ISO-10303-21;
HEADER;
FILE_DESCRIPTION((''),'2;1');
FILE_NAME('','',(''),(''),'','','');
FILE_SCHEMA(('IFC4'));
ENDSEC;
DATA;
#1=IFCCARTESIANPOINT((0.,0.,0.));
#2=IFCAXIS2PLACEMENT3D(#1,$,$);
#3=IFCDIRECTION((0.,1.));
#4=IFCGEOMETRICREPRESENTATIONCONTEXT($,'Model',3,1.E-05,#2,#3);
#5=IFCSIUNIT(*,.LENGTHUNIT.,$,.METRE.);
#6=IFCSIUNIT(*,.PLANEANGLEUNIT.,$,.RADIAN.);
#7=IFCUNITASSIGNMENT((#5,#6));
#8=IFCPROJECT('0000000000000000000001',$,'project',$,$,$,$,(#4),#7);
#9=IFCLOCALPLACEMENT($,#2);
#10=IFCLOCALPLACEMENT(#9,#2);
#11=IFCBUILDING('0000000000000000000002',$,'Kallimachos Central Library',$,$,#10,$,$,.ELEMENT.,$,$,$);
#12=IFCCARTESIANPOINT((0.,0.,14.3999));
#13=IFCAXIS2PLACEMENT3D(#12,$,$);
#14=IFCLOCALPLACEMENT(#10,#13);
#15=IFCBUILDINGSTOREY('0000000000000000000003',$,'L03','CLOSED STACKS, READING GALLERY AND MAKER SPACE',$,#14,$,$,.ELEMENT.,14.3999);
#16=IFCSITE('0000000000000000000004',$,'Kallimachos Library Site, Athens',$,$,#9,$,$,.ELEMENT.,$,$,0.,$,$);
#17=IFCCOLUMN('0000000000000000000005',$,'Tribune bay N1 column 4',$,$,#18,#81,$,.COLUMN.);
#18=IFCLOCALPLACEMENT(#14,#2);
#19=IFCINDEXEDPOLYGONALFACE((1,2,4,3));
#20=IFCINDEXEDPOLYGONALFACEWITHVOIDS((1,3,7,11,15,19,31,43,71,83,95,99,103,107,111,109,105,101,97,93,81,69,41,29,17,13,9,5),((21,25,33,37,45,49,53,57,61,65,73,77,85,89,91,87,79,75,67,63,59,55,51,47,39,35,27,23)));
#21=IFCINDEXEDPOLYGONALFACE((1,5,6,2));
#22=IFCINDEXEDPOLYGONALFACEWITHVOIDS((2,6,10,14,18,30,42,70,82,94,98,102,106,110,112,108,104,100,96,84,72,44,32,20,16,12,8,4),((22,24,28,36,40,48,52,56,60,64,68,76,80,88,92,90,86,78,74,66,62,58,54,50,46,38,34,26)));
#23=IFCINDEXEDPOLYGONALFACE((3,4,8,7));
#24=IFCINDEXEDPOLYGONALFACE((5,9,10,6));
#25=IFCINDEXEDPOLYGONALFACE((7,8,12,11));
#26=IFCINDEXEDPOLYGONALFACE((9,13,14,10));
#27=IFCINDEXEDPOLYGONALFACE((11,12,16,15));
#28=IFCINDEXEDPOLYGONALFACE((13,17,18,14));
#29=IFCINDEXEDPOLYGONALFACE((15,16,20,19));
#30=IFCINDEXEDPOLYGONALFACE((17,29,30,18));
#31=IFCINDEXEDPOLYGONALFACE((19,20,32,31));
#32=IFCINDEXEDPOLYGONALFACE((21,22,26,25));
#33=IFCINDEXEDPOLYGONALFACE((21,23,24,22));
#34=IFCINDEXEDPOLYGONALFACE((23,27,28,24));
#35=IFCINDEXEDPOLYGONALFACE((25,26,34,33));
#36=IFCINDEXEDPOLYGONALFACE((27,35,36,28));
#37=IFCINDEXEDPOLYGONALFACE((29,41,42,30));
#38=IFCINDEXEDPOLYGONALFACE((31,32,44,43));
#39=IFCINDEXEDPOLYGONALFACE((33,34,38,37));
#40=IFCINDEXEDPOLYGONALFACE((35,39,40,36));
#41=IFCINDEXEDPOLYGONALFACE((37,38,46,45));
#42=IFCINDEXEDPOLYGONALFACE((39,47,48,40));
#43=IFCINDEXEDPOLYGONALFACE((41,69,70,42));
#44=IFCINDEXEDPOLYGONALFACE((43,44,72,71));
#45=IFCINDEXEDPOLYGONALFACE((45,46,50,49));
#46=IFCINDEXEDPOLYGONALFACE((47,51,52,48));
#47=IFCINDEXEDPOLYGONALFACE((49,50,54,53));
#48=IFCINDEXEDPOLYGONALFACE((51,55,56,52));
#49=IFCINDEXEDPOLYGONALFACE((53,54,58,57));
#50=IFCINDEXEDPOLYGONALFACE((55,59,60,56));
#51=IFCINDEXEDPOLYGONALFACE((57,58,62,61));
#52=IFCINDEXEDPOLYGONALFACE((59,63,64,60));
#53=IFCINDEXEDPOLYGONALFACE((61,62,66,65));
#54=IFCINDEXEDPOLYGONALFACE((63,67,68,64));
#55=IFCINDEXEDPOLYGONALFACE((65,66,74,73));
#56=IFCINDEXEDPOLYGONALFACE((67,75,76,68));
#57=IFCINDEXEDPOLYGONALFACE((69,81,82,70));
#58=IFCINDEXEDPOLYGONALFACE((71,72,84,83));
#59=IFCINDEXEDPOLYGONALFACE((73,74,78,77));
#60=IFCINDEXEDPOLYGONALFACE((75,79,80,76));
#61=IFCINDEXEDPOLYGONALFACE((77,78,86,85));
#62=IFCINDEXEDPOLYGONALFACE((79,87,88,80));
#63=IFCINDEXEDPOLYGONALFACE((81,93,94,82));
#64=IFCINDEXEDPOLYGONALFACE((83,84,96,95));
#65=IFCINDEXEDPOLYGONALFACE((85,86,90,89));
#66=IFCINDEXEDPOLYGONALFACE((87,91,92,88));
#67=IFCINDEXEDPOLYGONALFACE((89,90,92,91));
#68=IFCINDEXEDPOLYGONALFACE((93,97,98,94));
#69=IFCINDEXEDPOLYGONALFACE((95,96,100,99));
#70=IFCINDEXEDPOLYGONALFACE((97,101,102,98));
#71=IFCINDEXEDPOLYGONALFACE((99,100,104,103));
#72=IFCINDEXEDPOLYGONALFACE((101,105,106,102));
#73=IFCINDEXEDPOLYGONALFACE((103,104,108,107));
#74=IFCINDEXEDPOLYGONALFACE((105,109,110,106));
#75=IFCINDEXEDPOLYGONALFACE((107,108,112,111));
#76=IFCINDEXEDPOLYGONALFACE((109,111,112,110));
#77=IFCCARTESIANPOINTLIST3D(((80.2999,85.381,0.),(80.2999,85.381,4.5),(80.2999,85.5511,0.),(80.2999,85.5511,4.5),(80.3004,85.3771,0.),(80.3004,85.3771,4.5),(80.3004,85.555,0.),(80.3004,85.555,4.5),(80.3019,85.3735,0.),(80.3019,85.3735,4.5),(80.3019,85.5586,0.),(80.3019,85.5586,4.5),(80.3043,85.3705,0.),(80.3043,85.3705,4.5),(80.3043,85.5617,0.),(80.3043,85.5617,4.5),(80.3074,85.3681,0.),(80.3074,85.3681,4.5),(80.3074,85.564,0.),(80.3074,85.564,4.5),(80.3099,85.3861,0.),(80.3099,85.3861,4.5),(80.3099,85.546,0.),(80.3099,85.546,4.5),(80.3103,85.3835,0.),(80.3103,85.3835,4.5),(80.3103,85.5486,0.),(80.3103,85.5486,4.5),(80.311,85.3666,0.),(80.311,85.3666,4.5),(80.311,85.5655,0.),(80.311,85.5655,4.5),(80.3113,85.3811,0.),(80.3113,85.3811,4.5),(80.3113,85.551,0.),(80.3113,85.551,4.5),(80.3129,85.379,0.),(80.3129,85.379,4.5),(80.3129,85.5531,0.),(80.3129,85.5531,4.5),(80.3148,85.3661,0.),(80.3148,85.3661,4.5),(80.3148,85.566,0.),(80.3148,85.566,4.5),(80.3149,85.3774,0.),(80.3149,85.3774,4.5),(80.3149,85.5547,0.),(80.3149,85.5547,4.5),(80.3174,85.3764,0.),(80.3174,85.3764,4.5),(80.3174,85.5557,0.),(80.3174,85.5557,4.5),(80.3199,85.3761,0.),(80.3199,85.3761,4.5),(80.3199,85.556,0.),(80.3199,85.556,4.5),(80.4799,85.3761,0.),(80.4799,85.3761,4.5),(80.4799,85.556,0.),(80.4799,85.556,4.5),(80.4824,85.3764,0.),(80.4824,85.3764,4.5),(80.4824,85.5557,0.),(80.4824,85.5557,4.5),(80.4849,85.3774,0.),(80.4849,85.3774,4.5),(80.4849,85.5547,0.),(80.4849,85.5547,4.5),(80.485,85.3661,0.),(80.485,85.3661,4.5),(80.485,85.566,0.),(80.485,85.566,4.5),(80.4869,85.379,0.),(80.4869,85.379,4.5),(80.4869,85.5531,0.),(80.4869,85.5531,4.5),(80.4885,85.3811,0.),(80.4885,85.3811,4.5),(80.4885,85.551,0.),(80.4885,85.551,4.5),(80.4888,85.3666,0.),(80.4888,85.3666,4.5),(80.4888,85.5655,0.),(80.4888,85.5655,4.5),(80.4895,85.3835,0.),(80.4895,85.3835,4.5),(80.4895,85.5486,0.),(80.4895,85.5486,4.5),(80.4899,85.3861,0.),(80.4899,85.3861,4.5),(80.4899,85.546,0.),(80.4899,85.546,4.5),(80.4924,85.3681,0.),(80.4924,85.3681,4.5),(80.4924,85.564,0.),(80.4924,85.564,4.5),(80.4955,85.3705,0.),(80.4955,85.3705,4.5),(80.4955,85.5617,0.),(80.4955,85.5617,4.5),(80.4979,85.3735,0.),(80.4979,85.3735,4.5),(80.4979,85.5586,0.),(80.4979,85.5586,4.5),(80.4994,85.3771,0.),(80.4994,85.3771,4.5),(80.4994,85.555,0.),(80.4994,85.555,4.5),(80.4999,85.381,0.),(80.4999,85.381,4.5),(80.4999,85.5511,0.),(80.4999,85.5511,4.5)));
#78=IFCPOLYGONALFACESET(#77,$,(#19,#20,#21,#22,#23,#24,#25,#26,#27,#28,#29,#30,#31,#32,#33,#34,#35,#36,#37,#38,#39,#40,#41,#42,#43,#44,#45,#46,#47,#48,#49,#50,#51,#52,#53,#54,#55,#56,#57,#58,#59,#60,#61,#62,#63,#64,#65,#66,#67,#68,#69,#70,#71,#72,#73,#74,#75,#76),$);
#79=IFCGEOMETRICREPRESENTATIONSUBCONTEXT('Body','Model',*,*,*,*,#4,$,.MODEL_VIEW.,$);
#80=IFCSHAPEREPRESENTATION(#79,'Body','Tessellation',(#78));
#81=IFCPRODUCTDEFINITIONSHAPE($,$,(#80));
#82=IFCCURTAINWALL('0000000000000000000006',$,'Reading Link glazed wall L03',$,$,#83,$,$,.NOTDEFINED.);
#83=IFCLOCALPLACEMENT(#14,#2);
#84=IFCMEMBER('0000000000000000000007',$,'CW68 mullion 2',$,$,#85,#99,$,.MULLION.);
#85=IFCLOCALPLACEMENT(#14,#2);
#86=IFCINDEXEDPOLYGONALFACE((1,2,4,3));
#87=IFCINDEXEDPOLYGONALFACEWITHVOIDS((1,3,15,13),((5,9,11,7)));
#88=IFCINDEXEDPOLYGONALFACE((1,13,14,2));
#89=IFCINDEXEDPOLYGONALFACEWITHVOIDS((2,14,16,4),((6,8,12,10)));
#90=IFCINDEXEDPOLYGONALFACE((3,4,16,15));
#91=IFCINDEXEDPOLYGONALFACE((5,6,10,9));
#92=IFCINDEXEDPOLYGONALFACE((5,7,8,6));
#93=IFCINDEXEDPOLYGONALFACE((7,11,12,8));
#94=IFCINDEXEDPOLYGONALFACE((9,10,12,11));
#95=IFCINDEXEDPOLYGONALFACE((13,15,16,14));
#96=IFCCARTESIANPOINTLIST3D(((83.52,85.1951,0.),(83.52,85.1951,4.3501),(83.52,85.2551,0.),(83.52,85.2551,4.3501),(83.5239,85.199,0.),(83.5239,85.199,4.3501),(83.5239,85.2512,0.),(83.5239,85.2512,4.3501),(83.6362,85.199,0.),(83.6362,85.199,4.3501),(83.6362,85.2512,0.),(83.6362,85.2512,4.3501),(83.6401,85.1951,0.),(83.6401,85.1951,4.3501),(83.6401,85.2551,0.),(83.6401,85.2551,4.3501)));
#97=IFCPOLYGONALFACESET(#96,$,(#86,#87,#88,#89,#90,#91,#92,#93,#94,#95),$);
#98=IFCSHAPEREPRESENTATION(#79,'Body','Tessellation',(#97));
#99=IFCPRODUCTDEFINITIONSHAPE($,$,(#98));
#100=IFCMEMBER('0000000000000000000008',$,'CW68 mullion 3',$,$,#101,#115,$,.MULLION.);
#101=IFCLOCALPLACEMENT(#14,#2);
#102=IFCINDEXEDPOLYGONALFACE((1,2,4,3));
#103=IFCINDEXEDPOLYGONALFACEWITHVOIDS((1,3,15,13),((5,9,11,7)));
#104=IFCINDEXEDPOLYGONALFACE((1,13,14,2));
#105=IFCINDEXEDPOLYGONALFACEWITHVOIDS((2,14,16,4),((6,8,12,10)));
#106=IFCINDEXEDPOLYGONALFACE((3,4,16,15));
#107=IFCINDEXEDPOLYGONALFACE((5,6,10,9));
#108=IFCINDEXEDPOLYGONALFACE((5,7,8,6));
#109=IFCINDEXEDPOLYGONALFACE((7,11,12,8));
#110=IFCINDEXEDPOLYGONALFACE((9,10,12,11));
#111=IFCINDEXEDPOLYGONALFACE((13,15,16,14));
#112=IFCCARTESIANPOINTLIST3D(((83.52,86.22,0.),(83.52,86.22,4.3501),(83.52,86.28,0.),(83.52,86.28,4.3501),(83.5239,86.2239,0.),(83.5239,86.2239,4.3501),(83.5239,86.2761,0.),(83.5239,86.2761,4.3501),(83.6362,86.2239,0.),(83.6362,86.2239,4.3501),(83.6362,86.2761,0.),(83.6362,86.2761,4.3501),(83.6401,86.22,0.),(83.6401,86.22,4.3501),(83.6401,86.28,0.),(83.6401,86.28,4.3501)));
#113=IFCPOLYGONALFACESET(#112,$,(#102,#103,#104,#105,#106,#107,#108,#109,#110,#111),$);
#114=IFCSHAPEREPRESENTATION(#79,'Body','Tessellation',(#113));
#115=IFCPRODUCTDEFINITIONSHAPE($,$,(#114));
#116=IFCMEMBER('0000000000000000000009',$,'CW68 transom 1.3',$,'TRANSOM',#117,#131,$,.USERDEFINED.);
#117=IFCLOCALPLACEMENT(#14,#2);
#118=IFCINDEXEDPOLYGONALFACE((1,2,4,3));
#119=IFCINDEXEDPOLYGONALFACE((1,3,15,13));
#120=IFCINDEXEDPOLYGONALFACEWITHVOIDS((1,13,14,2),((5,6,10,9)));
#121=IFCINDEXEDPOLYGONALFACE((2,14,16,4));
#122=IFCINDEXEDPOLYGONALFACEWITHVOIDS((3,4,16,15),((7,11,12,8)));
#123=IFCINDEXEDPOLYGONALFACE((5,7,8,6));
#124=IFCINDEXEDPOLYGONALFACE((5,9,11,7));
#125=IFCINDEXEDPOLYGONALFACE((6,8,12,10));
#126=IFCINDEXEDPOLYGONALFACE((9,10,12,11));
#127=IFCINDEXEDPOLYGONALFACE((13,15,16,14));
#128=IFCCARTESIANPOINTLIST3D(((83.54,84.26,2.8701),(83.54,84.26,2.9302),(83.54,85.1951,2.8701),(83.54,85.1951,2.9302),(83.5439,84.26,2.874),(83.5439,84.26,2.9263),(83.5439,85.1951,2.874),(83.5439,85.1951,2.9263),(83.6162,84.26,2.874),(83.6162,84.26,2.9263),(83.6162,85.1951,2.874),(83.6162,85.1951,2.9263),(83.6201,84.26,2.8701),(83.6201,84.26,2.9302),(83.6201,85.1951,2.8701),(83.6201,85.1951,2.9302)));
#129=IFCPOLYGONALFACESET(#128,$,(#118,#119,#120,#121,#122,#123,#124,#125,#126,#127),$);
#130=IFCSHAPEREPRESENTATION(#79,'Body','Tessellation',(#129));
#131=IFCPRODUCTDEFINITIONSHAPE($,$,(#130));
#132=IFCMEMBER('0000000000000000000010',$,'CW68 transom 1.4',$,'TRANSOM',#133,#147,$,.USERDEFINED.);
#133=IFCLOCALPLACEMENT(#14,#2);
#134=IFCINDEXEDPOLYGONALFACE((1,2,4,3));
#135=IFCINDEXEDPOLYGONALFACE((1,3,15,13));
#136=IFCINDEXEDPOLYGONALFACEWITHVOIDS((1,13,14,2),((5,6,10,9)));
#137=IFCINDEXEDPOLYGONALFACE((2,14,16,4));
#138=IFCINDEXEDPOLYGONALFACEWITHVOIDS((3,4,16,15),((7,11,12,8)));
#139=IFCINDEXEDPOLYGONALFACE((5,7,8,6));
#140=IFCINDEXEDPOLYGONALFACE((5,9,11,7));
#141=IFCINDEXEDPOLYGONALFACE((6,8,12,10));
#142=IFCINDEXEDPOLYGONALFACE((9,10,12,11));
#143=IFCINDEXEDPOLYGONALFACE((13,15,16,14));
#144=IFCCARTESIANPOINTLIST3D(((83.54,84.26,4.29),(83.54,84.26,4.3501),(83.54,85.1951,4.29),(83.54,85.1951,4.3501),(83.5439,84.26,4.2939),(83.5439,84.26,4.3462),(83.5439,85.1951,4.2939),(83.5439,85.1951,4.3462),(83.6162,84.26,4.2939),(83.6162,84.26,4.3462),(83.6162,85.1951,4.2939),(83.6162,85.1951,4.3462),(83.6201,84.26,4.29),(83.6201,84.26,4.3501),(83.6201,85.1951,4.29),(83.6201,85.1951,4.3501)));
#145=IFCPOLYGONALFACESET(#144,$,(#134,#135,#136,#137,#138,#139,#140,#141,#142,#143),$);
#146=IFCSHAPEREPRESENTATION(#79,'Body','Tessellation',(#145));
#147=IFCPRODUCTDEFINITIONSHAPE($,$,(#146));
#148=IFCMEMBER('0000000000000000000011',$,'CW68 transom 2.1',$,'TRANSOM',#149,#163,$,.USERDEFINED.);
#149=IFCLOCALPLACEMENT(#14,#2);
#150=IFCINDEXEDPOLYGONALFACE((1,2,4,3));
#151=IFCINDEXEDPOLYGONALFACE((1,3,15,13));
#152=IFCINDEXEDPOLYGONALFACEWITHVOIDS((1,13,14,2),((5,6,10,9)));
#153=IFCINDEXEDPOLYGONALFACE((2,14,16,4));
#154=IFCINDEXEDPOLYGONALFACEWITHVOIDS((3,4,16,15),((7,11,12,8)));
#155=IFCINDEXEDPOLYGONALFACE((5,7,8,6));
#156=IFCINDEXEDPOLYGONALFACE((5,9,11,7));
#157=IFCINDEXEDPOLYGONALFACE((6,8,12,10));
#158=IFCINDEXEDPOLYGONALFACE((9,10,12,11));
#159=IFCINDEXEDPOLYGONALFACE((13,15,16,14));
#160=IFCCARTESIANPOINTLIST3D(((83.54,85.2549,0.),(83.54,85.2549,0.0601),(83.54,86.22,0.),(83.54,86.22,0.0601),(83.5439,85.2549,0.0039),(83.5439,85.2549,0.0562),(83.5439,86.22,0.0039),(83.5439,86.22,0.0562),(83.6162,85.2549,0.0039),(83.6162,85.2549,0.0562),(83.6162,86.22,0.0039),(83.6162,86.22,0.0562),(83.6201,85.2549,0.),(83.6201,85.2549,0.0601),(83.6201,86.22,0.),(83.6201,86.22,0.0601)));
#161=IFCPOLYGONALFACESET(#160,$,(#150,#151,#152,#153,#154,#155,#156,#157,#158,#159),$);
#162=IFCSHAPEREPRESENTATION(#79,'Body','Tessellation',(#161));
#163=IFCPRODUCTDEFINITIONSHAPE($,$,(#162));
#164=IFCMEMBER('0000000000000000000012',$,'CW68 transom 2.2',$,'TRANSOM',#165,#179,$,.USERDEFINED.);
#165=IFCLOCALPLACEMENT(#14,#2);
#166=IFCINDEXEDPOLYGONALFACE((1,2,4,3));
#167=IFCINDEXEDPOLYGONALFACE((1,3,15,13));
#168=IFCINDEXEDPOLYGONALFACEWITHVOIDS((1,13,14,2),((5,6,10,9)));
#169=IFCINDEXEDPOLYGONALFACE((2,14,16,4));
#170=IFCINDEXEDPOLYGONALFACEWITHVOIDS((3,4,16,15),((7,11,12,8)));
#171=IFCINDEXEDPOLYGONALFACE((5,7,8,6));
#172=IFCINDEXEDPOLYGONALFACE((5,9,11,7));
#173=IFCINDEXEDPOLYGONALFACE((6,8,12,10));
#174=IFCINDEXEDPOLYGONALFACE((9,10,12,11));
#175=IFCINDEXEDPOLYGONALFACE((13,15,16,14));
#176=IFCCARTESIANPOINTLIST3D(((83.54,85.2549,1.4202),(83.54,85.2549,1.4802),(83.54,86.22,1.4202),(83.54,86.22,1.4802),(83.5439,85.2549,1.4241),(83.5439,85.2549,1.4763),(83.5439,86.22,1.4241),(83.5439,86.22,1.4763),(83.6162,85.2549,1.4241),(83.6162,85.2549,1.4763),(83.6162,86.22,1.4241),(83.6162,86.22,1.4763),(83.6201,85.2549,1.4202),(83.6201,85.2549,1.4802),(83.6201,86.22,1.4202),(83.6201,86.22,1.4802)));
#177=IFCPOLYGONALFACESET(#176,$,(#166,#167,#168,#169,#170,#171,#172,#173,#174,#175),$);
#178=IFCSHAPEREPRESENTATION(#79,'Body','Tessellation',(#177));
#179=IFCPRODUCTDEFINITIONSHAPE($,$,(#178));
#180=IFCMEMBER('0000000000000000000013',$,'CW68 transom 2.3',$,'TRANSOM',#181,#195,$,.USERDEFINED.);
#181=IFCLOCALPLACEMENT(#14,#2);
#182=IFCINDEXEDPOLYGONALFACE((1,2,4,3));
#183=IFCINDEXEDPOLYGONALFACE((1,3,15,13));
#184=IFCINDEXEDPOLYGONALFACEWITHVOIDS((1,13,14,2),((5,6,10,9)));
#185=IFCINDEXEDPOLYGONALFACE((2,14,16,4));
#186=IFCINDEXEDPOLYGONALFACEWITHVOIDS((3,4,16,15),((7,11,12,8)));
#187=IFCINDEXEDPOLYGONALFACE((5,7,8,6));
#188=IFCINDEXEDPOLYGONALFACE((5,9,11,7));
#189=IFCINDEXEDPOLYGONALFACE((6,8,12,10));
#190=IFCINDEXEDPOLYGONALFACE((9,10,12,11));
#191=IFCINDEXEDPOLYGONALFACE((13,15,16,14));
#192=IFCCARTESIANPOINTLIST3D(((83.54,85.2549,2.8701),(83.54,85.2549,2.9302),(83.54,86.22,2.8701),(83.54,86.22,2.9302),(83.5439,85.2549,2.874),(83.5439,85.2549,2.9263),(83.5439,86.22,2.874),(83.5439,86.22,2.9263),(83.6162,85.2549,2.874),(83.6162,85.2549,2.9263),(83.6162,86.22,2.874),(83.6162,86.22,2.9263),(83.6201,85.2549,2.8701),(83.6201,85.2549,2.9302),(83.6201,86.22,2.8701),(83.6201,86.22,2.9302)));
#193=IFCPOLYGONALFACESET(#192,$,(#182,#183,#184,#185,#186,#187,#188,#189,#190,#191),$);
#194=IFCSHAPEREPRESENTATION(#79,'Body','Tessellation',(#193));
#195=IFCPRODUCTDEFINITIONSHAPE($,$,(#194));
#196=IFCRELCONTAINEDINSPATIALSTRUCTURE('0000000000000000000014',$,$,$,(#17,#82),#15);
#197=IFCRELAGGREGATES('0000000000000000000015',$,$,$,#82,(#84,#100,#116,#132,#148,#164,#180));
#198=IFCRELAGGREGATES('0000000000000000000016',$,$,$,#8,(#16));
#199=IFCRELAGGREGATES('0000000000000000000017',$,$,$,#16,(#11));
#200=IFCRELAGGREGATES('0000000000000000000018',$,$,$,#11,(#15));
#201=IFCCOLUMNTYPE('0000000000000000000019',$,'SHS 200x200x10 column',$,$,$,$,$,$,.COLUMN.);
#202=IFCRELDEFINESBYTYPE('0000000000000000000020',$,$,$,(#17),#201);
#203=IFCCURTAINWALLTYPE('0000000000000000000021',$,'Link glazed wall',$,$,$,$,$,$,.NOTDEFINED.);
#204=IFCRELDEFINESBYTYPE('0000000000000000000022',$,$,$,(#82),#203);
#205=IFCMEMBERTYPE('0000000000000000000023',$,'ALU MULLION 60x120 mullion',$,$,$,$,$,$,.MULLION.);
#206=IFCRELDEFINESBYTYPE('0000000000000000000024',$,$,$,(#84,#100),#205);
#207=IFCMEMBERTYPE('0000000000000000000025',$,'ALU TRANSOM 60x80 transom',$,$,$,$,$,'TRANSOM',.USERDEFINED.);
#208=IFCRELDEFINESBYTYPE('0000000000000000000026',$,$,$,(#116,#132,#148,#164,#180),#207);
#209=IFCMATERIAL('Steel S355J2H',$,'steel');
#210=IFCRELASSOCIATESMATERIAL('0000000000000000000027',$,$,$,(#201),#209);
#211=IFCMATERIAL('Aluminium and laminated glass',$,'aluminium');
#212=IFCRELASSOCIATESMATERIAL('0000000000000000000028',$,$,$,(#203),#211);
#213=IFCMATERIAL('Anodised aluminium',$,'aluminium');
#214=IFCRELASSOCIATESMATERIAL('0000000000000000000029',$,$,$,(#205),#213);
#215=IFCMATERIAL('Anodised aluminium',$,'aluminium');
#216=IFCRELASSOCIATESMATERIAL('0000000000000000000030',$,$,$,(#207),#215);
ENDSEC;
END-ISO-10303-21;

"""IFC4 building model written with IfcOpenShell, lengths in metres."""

from ifc_helpers import new_model, si_unit, direction, frame, origin, origin_2d, place, context, subcontext, project, spatial, hollow_rectangle, extrude, material, material_profile, profile_set, type_object, element, aggregate, save


model = new_model("IFC4")

# Units and contexts
model_context = context("Model", 3, precision=1e-05, world=origin(), true_north=direction((0.0, 1.0)))
body_context = subcontext(model_context, "Body", "Model", "MODEL_VIEW")
ifc_project = project(units=[si_unit("LENGTHUNIT", "METRE"), si_unit("PLANEANGLEUNIT", "RADIAN")], contexts=[model_context])

# Site, building, storey
site_placement = place(None, origin())
site = spatial("IfcSite", under=ifc_project, at=site_placement, Name="Kallimachos Library Site, Athens", CompositionType="ELEMENT", RefElevation=0.0)
building_placement = place(site_placement, origin())
building = spatial("IfcBuilding", under=site, at=building_placement, Name="Kallimachos Central Library", CompositionType="ELEMENT")
storey_placement = place(building_placement, frame((0.0, 0.0, 14.3999)))
storey = spatial("IfcBuildingStorey", under=building, at=storey_placement, Name="L03", Description="CLOSED STACKS, READING GALLERY AND MAKER SPACE", CompositionType="ELEMENT", Elevation=14.3999)

# Column
ifc_material_1 = material(Name="Steel S355J2H", Category="steel")
ifc_material_profile_1 = material_profile(ifc_material_1, hollow_rectangle(XDim=0.2, YDim=0.2, WallThickness=0.01, InnerFilletRadius=0.01, OuterFilletRadius=0.0149, at=origin_2d()), Name="SHS 200x200x10")
ifc_profile_set_1 = profile_set([ifc_material_profile_1], Name="Steel S355J2H")
column_type = type_object("IfcColumnType", Name="SHS 200x200x10 column", PredefinedType="COLUMN", material=ifc_profile_set_1)
column_placement = place(storey_placement, frame((80.3999, 85.4661, 0.0), z_axis=(0.0, 0.0, 1.0), x_axis=(1.0, 0.0, 0.0)))
element("IfcColumn", 1, at=column_placement, inside=storey, type_object=column_type, Name="Tribune bay N1 column 4", PredefinedType="COLUMN", context=body_context, shape_type="SweptSolid", body=[
    extrude(hollow_rectangle(XDim=0.2, YDim=0.2, WallThickness=0.01, InnerFilletRadius=0.01, OuterFilletRadius=0.0149, at=origin_2d()), origin(), (0.0, 0.0, 1.0), 4.5),
])

# Curtain wall, members
ifc_material_2 = material(Name="Aluminium and laminated glass", Category="aluminium")
curtain_wall_type = type_object("IfcCurtainWallType", Name="Link glazed wall", PredefinedType="NOTDEFINED", material=ifc_material_2)
curtain_wall_placement = place(storey_placement, origin())
curtain_wall = element("IfcCurtainWall", 2, at=curtain_wall_placement, inside=storey, type_object=curtain_wall_type, Name="Reading Link glazed wall L03", PredefinedType="NOTDEFINED")
ifc_material_3 = material(Name="Anodised aluminium", Category="aluminium")
ifc_material_profile_2 = material_profile(ifc_material_3, hollow_rectangle(XDim=0.0601, YDim=0.1201, WallThickness=0.0039, at=origin_2d()), Name="ALU MULLION 60x120")
ifc_profile_set_2 = profile_set([ifc_material_profile_2], Name="Anodised aluminium")
member_type_1 = type_object("IfcMemberType", Name="ALU MULLION 60x120 mullion", PredefinedType="MULLION", material=ifc_profile_set_2)
member_1_placement = place(storey_placement, frame((83.5801, 85.2251, 0.0), z_axis=(0.0, 0.0, 1.0), x_axis=(0.0, 1.0, 0.0)))
member_1 = element("IfcMember", 3, at=member_1_placement, type_object=member_type_1, Name="CW68 mullion 2", PredefinedType="MULLION", context=body_context, shape_type="SweptSolid", body=[
    extrude(hollow_rectangle(XDim=0.0601, YDim=0.1201, WallThickness=0.0039, at=origin_2d()), origin(), (0.0, 0.0, 1.0), 4.3501),
])
member_2_placement = place(storey_placement, frame((83.5801, 86.25, 0.0), z_axis=(0.0, 0.0, 1.0), x_axis=(0.0, 1.0, 0.0)))
member_2 = element("IfcMember", 4, at=member_2_placement, type_object=member_type_1, Name="CW68 mullion 3", PredefinedType="MULLION", context=body_context, shape_type="SweptSolid", body=[
    extrude(hollow_rectangle(XDim=0.0601, YDim=0.1201, WallThickness=0.0039, at=origin_2d()), origin(), (0.0, 0.0, 1.0), 4.3501),
])
ifc_material_4 = material(Name="Anodised aluminium", Category="aluminium")
ifc_material_profile_3 = material_profile(ifc_material_4, hollow_rectangle(XDim=0.0601, YDim=0.0801, WallThickness=0.0039, at=origin_2d()), Name="ALU TRANSOM 60x80")
ifc_profile_set_3 = profile_set([ifc_material_profile_3], Name="Anodised aluminium")
member_type_2 = type_object("IfcMemberType", Name="ALU TRANSOM 60x80 transom", ElementType="TRANSOM", PredefinedType="USERDEFINED", material=ifc_profile_set_3)
member_3_placement = place(storey_placement, frame((83.5801, 84.26, 2.9001), z_axis=(0.0, 1.0, 0.0), x_axis=(0.0, 0.0, 1.0)))
member_3 = element("IfcMember", 5, at=member_3_placement, type_object=member_type_2, Name="CW68 transom 1.3", ObjectType="TRANSOM", PredefinedType="USERDEFINED", context=body_context, shape_type="SweptSolid", body=[
    extrude(hollow_rectangle(XDim=0.0601, YDim=0.0801, WallThickness=0.0039, at=origin_2d()), origin(), (0.0, 0.0, 1.0), 0.9351),
])
member_4_placement = place(storey_placement, frame((83.5801, 84.26, 4.3201), z_axis=(0.0, 1.0, 0.0), x_axis=(0.0, 0.0, 1.0)))
member_4 = element("IfcMember", 6, at=member_4_placement, type_object=member_type_2, Name="CW68 transom 1.4", ObjectType="TRANSOM", PredefinedType="USERDEFINED", context=body_context, shape_type="SweptSolid", body=[
    extrude(hollow_rectangle(XDim=0.0601, YDim=0.0801, WallThickness=0.0039, at=origin_2d()), origin(), (0.0, 0.0, 1.0), 0.9351),
])
member_5_placement = place(storey_placement, frame((83.5801, 85.2549, 0.03), z_axis=(0.0, 1.0, 0.0), x_axis=(0.0, 0.0, 1.0)))
member_5 = element("IfcMember", 7, at=member_5_placement, type_object=member_type_2, Name="CW68 transom 2.1", ObjectType="TRANSOM", PredefinedType="USERDEFINED", context=body_context, shape_type="SweptSolid", body=[
    extrude(hollow_rectangle(XDim=0.0601, YDim=0.0801, WallThickness=0.0039, at=origin_2d()), origin(), (0.0, 0.0, 1.0), 0.9651),
])
member_6_placement = place(storey_placement, frame((83.5801, 85.2549, 1.4502), z_axis=(0.0, 1.0, 0.0), x_axis=(0.0, 0.0, 1.0)))
member_6 = element("IfcMember", 8, at=member_6_placement, type_object=member_type_2, Name="CW68 transom 2.2", ObjectType="TRANSOM", PredefinedType="USERDEFINED", context=body_context, shape_type="SweptSolid", body=[
    extrude(hollow_rectangle(XDim=0.0601, YDim=0.0801, WallThickness=0.0039, at=origin_2d()), origin(), (0.0, 0.0, 1.0), 0.9651),
])
member_7_placement = place(storey_placement, frame((83.5801, 85.2549, 2.9001), z_axis=(0.0, 1.0, 0.0), x_axis=(0.0, 0.0, 1.0)))
member_7 = element("IfcMember", 9, at=member_7_placement, type_object=member_type_2, Name="CW68 transom 2.3", ObjectType="TRANSOM", PredefinedType="USERDEFINED", context=body_context, shape_type="SweptSolid", body=[
    extrude(hollow_rectangle(XDim=0.0601, YDim=0.0801, WallThickness=0.0039, at=origin_2d()), origin(), (0.0, 0.0, 1.0), 0.9651),
])

aggregate(curtain_wall, [member_1, member_2, member_3, member_4, member_5, member_6, member_7])

save(model, "model.ifc")
